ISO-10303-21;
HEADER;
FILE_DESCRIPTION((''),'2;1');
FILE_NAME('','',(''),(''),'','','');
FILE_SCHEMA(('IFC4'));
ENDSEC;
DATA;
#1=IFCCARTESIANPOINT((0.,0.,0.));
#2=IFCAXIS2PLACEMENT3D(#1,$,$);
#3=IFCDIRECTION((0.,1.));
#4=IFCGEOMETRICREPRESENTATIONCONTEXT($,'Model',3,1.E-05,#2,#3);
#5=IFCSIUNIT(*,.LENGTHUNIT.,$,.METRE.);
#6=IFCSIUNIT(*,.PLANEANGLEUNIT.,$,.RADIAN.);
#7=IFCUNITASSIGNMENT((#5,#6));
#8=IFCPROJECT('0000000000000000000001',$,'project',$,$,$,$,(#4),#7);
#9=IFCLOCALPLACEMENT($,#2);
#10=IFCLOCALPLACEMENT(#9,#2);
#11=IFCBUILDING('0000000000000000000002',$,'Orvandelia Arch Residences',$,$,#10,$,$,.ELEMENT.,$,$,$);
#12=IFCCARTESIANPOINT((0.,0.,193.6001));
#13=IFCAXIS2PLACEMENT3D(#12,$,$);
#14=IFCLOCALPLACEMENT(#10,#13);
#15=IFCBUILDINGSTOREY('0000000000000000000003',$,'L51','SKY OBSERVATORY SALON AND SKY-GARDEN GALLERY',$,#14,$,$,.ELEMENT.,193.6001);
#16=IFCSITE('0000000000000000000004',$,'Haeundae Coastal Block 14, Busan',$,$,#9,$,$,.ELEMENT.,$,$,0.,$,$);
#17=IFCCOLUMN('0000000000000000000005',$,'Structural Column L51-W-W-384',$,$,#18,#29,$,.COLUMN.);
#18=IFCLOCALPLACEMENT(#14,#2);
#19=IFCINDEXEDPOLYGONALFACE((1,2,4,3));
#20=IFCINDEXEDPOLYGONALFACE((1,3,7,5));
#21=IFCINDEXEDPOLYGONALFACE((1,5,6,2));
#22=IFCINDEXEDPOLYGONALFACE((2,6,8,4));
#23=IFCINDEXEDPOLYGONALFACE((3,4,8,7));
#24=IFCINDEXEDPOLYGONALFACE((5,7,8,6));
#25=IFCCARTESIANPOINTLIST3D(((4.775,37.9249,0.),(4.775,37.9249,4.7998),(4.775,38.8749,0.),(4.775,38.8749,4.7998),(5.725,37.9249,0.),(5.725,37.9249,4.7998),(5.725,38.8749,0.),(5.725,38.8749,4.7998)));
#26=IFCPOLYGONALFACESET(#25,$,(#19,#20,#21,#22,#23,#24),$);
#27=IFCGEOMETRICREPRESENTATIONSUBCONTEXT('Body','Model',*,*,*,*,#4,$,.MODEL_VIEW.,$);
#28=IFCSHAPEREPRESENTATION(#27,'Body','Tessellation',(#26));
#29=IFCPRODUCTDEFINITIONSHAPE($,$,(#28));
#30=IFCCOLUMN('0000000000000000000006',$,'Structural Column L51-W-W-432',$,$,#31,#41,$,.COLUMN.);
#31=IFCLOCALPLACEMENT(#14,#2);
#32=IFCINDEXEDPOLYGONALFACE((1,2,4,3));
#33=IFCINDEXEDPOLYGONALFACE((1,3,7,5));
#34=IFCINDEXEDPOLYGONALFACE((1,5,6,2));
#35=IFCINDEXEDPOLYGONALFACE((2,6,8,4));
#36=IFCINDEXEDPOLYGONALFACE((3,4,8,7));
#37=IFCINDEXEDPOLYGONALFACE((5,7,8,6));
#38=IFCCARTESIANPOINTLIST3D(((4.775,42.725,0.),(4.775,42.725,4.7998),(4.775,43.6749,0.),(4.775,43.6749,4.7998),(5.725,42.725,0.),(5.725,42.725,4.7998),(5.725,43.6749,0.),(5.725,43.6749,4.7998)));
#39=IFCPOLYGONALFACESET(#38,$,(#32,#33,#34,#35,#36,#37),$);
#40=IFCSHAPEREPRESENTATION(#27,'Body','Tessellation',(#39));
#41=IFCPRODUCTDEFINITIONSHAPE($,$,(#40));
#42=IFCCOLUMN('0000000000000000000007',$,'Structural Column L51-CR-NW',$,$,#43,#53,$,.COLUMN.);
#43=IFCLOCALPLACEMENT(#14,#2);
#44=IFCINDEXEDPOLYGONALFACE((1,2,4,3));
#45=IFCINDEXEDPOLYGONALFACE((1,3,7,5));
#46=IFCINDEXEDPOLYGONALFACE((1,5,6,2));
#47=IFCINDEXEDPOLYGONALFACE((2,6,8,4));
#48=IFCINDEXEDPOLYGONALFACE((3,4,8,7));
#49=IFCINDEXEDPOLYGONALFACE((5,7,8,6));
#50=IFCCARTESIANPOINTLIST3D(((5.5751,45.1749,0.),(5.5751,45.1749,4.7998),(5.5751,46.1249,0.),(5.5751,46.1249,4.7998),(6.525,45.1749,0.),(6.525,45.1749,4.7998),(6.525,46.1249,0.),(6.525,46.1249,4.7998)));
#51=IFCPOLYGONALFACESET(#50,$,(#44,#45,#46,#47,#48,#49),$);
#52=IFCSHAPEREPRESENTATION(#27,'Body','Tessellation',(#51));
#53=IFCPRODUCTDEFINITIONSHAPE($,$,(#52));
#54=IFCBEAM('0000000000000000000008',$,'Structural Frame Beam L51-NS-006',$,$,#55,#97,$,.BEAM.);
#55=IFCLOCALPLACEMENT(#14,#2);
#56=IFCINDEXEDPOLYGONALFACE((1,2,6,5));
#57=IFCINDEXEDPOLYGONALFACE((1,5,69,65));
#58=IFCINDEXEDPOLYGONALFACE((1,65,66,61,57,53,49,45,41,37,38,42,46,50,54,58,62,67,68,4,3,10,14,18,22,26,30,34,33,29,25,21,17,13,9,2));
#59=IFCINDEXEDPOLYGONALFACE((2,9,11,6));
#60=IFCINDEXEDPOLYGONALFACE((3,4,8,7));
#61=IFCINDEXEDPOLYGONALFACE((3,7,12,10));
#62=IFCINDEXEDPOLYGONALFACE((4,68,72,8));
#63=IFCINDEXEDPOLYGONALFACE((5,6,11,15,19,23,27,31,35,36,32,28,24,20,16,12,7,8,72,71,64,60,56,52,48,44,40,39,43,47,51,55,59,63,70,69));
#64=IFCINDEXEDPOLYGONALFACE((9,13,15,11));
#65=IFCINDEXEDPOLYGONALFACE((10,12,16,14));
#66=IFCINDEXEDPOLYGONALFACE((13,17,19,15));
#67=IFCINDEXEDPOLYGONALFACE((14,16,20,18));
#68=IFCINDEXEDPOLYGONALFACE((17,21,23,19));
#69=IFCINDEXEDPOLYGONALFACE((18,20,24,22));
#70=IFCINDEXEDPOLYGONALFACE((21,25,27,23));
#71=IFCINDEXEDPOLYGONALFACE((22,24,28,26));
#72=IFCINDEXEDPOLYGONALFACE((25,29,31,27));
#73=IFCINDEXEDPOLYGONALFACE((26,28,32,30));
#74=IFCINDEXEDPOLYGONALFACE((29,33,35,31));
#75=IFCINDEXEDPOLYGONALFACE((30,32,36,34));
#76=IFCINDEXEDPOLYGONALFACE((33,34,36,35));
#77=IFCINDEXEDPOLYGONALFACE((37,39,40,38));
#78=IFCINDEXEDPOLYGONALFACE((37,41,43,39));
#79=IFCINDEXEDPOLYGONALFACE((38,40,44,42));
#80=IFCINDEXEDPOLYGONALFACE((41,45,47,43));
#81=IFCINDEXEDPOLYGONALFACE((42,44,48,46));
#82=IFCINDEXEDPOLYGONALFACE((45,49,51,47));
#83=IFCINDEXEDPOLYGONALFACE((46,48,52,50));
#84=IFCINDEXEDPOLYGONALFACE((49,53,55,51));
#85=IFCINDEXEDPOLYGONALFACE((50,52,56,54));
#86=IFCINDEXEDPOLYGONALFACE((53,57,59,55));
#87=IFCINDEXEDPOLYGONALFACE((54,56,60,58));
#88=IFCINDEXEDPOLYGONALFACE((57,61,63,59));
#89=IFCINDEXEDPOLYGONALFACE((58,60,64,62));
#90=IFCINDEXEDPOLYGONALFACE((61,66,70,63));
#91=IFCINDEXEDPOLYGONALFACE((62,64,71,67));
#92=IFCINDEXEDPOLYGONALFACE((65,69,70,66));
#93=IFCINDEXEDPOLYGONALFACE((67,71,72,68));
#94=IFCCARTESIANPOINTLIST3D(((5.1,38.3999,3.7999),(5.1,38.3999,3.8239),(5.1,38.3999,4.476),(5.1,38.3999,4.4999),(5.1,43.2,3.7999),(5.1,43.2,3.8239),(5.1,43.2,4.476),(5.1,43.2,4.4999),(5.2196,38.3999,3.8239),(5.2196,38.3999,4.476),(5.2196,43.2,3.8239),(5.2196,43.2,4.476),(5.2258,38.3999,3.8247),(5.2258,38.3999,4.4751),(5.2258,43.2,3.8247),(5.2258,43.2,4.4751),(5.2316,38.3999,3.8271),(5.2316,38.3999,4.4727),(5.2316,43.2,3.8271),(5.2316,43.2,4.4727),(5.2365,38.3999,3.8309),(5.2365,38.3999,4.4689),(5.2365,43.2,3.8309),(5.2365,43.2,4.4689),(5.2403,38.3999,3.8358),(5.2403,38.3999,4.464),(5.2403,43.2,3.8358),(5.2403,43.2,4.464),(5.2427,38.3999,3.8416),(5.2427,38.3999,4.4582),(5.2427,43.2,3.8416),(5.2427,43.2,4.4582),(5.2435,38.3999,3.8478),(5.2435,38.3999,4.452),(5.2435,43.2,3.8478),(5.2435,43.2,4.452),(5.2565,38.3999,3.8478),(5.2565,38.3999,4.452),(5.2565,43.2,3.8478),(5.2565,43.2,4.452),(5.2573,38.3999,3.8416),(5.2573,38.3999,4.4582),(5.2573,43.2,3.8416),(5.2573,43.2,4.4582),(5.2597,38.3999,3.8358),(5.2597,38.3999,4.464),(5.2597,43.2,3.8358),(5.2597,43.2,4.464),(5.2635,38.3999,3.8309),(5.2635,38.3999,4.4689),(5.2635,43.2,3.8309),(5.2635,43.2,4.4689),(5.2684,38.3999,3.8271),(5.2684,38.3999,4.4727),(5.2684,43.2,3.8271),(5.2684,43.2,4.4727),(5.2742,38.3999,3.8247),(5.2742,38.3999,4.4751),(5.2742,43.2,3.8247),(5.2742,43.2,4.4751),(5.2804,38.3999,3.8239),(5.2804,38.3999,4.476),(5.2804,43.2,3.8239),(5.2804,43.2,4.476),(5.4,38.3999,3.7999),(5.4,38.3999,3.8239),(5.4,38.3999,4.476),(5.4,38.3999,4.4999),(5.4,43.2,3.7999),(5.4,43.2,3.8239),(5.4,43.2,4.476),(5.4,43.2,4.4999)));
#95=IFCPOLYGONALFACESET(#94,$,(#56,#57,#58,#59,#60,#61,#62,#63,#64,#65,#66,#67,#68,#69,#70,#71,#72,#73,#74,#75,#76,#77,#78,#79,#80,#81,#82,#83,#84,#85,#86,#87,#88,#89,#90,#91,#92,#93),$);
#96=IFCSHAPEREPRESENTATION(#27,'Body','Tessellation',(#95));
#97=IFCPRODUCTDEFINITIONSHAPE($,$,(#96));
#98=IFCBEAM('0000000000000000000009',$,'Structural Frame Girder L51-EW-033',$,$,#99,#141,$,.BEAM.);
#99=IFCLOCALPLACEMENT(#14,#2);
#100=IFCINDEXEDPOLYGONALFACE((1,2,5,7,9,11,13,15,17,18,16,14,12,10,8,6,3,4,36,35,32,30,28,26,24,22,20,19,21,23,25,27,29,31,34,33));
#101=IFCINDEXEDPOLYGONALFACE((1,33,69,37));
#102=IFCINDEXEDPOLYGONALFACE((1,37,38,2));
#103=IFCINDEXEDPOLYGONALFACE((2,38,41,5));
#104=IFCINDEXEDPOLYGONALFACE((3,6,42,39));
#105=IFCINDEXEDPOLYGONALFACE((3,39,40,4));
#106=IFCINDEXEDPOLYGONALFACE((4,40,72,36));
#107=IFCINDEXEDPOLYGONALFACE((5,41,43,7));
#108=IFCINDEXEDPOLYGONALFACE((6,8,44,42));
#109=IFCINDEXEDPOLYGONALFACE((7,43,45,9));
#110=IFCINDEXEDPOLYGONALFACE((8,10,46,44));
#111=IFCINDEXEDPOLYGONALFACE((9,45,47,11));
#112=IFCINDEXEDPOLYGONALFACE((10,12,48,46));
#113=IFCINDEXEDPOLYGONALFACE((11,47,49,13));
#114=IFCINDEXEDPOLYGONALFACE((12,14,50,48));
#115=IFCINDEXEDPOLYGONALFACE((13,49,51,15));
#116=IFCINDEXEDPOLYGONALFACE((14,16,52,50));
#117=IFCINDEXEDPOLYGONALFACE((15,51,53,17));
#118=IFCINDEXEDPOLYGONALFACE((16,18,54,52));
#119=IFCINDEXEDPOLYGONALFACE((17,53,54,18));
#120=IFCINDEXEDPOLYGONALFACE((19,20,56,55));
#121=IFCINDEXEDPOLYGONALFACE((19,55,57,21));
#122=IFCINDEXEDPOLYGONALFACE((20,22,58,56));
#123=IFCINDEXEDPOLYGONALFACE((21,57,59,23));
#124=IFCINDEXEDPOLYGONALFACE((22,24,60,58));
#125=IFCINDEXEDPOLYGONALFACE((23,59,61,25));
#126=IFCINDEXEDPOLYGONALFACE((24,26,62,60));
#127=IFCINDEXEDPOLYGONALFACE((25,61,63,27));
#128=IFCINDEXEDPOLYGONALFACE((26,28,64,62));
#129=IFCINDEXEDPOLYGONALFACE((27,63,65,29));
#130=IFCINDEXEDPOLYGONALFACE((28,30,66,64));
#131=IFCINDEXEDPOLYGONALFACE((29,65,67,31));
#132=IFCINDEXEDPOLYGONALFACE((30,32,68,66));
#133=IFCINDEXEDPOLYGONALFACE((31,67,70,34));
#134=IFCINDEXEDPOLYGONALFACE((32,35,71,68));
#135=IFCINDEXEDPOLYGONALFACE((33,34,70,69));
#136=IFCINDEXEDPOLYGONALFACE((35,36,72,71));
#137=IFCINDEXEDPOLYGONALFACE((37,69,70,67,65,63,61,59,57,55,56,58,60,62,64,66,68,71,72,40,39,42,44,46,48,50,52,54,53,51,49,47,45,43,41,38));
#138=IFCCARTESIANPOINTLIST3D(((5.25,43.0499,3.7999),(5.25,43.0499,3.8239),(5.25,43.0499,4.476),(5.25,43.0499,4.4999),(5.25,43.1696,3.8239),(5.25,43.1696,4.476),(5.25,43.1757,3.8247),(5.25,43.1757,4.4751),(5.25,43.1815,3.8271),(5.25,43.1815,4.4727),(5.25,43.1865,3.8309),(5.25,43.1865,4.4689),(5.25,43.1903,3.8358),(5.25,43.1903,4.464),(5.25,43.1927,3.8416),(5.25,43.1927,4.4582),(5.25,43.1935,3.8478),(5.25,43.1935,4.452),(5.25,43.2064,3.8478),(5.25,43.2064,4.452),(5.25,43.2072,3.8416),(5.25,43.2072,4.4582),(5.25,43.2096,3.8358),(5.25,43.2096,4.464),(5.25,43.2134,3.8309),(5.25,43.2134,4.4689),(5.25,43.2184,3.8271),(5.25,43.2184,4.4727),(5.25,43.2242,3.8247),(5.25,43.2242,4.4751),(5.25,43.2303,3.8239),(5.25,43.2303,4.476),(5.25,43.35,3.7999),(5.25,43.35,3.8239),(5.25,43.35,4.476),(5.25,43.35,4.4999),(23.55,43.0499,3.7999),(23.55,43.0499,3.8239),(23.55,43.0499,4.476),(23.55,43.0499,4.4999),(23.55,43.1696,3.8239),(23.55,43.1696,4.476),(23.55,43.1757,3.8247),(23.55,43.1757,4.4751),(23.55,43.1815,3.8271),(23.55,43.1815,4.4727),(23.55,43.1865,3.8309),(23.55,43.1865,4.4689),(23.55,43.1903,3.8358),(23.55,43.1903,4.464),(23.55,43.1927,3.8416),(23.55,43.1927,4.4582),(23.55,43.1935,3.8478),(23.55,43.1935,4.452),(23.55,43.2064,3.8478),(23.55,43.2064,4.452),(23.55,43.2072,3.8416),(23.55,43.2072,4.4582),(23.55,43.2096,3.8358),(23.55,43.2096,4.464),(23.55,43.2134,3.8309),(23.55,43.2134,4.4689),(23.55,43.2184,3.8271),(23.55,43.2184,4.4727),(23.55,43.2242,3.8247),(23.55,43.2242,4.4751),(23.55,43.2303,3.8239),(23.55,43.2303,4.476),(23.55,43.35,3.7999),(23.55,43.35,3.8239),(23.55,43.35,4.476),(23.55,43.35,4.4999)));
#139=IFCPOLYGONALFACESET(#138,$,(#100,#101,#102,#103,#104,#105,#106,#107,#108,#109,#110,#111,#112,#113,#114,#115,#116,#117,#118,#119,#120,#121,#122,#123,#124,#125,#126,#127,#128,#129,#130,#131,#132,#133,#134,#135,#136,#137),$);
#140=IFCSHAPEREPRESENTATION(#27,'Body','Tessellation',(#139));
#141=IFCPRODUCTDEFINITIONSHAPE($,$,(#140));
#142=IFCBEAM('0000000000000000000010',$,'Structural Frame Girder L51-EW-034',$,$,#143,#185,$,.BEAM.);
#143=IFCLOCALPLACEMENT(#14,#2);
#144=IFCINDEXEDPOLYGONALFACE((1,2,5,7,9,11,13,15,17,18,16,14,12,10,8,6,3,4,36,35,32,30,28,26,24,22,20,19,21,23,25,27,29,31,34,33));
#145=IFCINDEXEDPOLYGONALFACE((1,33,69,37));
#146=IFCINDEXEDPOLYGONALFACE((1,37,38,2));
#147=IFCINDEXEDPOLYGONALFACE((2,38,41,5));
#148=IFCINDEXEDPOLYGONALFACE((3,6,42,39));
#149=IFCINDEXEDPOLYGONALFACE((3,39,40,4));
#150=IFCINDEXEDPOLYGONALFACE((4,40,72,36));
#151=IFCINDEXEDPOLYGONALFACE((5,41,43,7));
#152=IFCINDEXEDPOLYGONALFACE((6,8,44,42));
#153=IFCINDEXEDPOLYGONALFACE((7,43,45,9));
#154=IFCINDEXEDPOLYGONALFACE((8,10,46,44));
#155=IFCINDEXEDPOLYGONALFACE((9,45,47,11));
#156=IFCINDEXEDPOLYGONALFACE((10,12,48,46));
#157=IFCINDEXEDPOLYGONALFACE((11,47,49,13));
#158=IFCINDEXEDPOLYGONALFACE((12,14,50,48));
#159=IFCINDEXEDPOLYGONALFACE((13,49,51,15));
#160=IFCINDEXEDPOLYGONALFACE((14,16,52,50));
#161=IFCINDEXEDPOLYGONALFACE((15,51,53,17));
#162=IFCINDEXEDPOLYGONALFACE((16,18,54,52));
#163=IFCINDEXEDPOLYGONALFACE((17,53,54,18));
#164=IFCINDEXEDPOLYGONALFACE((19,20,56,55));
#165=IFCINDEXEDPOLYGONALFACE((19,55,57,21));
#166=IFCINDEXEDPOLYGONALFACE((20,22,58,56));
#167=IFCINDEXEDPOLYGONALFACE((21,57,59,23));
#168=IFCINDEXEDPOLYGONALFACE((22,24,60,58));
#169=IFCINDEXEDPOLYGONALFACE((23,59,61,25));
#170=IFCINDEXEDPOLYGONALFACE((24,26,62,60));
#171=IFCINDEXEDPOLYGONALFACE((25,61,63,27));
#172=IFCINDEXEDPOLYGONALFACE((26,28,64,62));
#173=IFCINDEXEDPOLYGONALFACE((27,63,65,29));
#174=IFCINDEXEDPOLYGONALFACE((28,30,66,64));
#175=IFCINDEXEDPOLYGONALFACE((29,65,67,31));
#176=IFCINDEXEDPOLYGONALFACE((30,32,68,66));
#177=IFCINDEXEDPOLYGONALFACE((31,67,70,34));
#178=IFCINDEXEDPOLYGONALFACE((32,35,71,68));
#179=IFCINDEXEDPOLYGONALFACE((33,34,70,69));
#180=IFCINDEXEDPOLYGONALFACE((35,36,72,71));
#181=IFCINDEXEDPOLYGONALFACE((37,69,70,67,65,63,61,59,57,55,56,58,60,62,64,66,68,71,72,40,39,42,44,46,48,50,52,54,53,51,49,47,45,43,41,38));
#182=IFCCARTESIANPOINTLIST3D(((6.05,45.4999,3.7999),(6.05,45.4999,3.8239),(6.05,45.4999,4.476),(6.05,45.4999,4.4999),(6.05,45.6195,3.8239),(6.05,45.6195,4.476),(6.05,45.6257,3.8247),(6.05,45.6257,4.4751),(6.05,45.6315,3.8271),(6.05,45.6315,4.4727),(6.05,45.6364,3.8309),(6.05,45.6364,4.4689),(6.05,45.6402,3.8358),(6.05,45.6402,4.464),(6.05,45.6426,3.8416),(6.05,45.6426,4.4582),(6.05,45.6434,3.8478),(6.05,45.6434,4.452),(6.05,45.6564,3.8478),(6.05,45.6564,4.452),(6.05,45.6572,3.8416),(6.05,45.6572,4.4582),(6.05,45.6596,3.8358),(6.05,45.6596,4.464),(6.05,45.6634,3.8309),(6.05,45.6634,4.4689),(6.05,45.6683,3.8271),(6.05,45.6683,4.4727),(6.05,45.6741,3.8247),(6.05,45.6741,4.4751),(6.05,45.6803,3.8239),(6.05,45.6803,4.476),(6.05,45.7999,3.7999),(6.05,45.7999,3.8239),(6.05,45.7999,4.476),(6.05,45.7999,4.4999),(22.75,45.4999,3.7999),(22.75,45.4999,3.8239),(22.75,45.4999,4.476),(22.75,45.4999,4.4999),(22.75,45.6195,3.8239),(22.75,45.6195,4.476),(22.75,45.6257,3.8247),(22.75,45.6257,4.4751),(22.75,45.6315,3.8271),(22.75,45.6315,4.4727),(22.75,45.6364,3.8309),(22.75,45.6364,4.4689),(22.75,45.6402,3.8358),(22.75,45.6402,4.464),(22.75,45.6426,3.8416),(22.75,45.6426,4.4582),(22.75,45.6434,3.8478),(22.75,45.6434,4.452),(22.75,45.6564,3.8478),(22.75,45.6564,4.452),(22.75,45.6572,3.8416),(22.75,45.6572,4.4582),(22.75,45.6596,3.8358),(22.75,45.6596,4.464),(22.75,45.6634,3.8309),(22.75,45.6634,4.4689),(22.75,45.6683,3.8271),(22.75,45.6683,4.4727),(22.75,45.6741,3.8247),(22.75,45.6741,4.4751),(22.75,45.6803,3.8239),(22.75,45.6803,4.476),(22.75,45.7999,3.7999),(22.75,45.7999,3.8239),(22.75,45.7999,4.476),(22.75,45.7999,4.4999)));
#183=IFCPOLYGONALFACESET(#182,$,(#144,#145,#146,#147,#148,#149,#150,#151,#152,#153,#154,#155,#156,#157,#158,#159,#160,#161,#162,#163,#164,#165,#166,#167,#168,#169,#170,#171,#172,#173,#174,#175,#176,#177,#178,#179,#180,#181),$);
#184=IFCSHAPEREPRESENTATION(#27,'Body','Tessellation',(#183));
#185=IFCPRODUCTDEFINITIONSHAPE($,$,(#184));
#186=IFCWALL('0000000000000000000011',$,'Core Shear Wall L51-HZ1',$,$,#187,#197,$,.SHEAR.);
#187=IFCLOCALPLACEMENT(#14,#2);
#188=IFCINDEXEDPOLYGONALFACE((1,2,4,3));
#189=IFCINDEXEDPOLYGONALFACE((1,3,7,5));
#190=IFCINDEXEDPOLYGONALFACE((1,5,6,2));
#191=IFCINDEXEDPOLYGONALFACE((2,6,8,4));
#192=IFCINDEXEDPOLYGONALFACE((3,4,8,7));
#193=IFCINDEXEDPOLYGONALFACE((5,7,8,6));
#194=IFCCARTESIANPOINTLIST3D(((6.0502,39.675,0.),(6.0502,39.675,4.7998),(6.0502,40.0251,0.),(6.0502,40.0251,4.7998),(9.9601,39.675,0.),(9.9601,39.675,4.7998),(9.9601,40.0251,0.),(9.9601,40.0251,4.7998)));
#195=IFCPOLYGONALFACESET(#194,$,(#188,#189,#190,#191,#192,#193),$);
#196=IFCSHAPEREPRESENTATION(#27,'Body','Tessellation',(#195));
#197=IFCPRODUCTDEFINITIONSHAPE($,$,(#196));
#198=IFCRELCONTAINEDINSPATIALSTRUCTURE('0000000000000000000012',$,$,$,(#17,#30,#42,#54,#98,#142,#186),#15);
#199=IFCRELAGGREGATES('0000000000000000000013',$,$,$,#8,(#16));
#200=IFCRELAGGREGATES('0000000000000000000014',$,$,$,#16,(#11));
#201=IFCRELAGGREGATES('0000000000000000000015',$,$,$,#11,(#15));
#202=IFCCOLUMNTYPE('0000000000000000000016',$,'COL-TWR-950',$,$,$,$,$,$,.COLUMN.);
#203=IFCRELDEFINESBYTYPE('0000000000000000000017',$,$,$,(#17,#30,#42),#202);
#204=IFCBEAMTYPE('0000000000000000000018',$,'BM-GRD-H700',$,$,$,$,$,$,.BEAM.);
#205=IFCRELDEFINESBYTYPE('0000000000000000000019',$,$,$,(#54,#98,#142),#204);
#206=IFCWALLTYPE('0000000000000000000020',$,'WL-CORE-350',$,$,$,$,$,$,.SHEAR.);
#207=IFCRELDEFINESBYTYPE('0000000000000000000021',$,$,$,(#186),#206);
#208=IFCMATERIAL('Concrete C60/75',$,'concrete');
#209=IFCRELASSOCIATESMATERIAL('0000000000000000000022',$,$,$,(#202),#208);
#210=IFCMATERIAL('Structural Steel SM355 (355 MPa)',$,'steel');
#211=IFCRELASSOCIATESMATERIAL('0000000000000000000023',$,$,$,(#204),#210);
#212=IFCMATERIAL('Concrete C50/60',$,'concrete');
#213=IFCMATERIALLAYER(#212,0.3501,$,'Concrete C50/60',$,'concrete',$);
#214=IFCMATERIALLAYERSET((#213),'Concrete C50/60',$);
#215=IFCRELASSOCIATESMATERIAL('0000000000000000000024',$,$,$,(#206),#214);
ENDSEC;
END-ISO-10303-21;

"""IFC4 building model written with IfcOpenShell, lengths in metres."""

from ifc_helpers import new_model, si_unit, direction, frame, frame_2d, origin, origin_2d, place, context, subcontext, project, spatial, rectangle, i_section, extrude, material, layer, layer_set, material_profile, profile_set, type_object, element, save


model = new_model("IFC4")

# Units and contexts
model_context = context("Model", 3, precision=1e-05, world=origin(), true_north=direction((0.0, 1.0)))
body_context = subcontext(model_context, "Body", "Model", "MODEL_VIEW")
ifc_project = project(units=[si_unit("LENGTHUNIT", "METRE"), si_unit("PLANEANGLEUNIT", "RADIAN")], contexts=[model_context])

# Site, building, storey
site_placement = place(None, origin())
site = spatial("IfcSite", under=ifc_project, at=site_placement, Name="Haeundae Coastal Block 14, Busan", CompositionType="ELEMENT", RefElevation=0.0)
building_placement = place(site_placement, origin())
building = spatial("IfcBuilding", under=site, at=building_placement, Name="Orvandelia Arch Residences", CompositionType="ELEMENT")
storey_placement = place(building_placement, frame((0.0, 0.0, 193.6001)))
storey = spatial("IfcBuildingStorey", under=building, at=storey_placement, Name="L51", Description="SKY OBSERVATORY SALON AND SKY-GARDEN GALLERY", CompositionType="ELEMENT", Elevation=193.6001)

# Columns
ifc_material_1 = material(Name="Concrete C60/75", Category="concrete")
ifc_material_profile_1 = material_profile(ifc_material_1, rectangle(XDim=0.95, YDim=0.95, at=origin_2d()), Name="Concrete C60/75", Category="concrete")
ifc_profile_set_1 = profile_set([ifc_material_profile_1], Name="Concrete C60/75")
column_type = type_object("IfcColumnType", Name="COL-TWR-950", PredefinedType="COLUMN", material=ifc_profile_set_1)
for number, where, z_axis, x_axis, name in (
    (1, (5.25, 38.3999, 0.0), (0.0, 0.0, 1.0), (1.0, 0.0, 0.0), "Structural Column L51-W-W-384"),
    (2, (5.25, 43.2, 0.0), (0.0, 0.0, 1.0), (1.0, 0.0, 0.0), "Structural Column L51-W-W-432"),
    (3, (6.05, 45.6499, 0.0), (0.0, 0.0, 1.0), (1.0, 0.0, 0.0), "Structural Column L51-CR-NW"),
):
    element("IfcColumn", number, at=place(storey_placement, frame(where, z_axis=z_axis, x_axis=x_axis)), inside=storey, type_object=column_type, Name=name, PredefinedType="COLUMN", context=body_context, shape_type="SweptSolid", body=[
        extrude(rectangle(XDim=0.95, YDim=0.95, at=origin_2d()), origin(), (0.0, 0.0, 1.0), 4.7998),
    ])

# Beams
ifc_material_2 = material(Name="Structural Steel SM355 (355 MPa)", Category="steel")
ifc_material_profile_2 = material_profile(ifc_material_2, i_section(OverallWidth=0.3, OverallDepth=0.7, WebThickness=0.0129, FlangeThickness=0.0239, FilletRadius=0.0239, at=origin_2d()), Name="Structural Steel SM355 (355 MPa)", Category="steel")
ifc_profile_set_2 = profile_set([ifc_material_profile_2], Name="Structural Steel SM355 (355 MPa)")
beam_type = type_object("IfcBeamType", Name="BM-GRD-H700", PredefinedType="BEAM", material=ifc_profile_set_2)
beam_1_placement = place(storey_placement, frame((5.25, 38.3999, 4.1499), z_axis=(0.0, 1.0, 0.0), x_axis=(-1.0, 0.0, 0.0)))
element("IfcBeam", 4, at=beam_1_placement, inside=storey, type_object=beam_type, Name="Structural Frame Beam L51-NS-006", PredefinedType="BEAM", context=body_context, shape_type="SweptSolid", body=[
    extrude(i_section(OverallWidth=0.3, OverallDepth=0.7, WebThickness=0.0129, FlangeThickness=0.0239, FilletRadius=0.0239, at=origin_2d()), origin(), (0.0, 0.0, 1.0), 4.8),
])
beam_2_placement = place(storey_placement, frame((5.25, 43.2, 4.1499), z_axis=(1.0, 0.0, 0.0), x_axis=(0.0, 1.0, 0.0)))
element("IfcBeam", 5, at=beam_2_placement, inside=storey, type_object=beam_type, Name="Structural Frame Girder L51-EW-033", PredefinedType="BEAM", context=body_context, shape_type="SweptSolid", body=[
    extrude(i_section(OverallWidth=0.3, OverallDepth=0.7, WebThickness=0.0129, FlangeThickness=0.0239, FilletRadius=0.0239, at=origin_2d()), origin(), (0.0, 0.0, 1.0), 18.3),
])
beam_3_placement = place(storey_placement, frame((6.05, 45.6499, 4.1499), z_axis=(1.0, 0.0, 0.0), x_axis=(0.0, 1.0, 0.0)))
element("IfcBeam", 6, at=beam_3_placement, inside=storey, type_object=beam_type, Name="Structural Frame Girder L51-EW-034", PredefinedType="BEAM", context=body_context, shape_type="SweptSolid", body=[
    extrude(i_section(OverallWidth=0.3, OverallDepth=0.7, WebThickness=0.0129, FlangeThickness=0.0239, FilletRadius=0.0239, at=origin_2d()), origin(), (0.0, 0.0, 1.0), 16.7),
])

# Wall
ifc_material_3 = material(Name="Concrete C50/60", Category="concrete")
ifc_layer_1 = layer(ifc_material_3, 0.3501, Name="Concrete C50/60", Category="concrete")
ifc_layer_set_1 = layer_set([ifc_layer_1], Name="Concrete C50/60")
wall_type_1 = type_object("IfcWallType", Name="WL-CORE-350", PredefinedType="SHEAR", material=ifc_layer_set_1)
wall_1_placement = place(storey_placement, frame((6.05, 39.8501, 0.0), z_axis=(0.0, 0.0, 1.0), x_axis=(1.0, 0.0, 0.0)))
element("IfcWall", 7, at=wall_1_placement, inside=storey, type_object=wall_type_1, Name="Core Shear Wall L51-HZ1", PredefinedType="SHEAR", context=body_context, shape_type="SweptSolid", body=[
    extrude(rectangle(XDim=3.9099, YDim=0.3501, at=frame_2d((1.9551, 0.0))), origin(), (0.0, 0.0, 1.0), 4.7998),
])

save(model, "model.ifc")
